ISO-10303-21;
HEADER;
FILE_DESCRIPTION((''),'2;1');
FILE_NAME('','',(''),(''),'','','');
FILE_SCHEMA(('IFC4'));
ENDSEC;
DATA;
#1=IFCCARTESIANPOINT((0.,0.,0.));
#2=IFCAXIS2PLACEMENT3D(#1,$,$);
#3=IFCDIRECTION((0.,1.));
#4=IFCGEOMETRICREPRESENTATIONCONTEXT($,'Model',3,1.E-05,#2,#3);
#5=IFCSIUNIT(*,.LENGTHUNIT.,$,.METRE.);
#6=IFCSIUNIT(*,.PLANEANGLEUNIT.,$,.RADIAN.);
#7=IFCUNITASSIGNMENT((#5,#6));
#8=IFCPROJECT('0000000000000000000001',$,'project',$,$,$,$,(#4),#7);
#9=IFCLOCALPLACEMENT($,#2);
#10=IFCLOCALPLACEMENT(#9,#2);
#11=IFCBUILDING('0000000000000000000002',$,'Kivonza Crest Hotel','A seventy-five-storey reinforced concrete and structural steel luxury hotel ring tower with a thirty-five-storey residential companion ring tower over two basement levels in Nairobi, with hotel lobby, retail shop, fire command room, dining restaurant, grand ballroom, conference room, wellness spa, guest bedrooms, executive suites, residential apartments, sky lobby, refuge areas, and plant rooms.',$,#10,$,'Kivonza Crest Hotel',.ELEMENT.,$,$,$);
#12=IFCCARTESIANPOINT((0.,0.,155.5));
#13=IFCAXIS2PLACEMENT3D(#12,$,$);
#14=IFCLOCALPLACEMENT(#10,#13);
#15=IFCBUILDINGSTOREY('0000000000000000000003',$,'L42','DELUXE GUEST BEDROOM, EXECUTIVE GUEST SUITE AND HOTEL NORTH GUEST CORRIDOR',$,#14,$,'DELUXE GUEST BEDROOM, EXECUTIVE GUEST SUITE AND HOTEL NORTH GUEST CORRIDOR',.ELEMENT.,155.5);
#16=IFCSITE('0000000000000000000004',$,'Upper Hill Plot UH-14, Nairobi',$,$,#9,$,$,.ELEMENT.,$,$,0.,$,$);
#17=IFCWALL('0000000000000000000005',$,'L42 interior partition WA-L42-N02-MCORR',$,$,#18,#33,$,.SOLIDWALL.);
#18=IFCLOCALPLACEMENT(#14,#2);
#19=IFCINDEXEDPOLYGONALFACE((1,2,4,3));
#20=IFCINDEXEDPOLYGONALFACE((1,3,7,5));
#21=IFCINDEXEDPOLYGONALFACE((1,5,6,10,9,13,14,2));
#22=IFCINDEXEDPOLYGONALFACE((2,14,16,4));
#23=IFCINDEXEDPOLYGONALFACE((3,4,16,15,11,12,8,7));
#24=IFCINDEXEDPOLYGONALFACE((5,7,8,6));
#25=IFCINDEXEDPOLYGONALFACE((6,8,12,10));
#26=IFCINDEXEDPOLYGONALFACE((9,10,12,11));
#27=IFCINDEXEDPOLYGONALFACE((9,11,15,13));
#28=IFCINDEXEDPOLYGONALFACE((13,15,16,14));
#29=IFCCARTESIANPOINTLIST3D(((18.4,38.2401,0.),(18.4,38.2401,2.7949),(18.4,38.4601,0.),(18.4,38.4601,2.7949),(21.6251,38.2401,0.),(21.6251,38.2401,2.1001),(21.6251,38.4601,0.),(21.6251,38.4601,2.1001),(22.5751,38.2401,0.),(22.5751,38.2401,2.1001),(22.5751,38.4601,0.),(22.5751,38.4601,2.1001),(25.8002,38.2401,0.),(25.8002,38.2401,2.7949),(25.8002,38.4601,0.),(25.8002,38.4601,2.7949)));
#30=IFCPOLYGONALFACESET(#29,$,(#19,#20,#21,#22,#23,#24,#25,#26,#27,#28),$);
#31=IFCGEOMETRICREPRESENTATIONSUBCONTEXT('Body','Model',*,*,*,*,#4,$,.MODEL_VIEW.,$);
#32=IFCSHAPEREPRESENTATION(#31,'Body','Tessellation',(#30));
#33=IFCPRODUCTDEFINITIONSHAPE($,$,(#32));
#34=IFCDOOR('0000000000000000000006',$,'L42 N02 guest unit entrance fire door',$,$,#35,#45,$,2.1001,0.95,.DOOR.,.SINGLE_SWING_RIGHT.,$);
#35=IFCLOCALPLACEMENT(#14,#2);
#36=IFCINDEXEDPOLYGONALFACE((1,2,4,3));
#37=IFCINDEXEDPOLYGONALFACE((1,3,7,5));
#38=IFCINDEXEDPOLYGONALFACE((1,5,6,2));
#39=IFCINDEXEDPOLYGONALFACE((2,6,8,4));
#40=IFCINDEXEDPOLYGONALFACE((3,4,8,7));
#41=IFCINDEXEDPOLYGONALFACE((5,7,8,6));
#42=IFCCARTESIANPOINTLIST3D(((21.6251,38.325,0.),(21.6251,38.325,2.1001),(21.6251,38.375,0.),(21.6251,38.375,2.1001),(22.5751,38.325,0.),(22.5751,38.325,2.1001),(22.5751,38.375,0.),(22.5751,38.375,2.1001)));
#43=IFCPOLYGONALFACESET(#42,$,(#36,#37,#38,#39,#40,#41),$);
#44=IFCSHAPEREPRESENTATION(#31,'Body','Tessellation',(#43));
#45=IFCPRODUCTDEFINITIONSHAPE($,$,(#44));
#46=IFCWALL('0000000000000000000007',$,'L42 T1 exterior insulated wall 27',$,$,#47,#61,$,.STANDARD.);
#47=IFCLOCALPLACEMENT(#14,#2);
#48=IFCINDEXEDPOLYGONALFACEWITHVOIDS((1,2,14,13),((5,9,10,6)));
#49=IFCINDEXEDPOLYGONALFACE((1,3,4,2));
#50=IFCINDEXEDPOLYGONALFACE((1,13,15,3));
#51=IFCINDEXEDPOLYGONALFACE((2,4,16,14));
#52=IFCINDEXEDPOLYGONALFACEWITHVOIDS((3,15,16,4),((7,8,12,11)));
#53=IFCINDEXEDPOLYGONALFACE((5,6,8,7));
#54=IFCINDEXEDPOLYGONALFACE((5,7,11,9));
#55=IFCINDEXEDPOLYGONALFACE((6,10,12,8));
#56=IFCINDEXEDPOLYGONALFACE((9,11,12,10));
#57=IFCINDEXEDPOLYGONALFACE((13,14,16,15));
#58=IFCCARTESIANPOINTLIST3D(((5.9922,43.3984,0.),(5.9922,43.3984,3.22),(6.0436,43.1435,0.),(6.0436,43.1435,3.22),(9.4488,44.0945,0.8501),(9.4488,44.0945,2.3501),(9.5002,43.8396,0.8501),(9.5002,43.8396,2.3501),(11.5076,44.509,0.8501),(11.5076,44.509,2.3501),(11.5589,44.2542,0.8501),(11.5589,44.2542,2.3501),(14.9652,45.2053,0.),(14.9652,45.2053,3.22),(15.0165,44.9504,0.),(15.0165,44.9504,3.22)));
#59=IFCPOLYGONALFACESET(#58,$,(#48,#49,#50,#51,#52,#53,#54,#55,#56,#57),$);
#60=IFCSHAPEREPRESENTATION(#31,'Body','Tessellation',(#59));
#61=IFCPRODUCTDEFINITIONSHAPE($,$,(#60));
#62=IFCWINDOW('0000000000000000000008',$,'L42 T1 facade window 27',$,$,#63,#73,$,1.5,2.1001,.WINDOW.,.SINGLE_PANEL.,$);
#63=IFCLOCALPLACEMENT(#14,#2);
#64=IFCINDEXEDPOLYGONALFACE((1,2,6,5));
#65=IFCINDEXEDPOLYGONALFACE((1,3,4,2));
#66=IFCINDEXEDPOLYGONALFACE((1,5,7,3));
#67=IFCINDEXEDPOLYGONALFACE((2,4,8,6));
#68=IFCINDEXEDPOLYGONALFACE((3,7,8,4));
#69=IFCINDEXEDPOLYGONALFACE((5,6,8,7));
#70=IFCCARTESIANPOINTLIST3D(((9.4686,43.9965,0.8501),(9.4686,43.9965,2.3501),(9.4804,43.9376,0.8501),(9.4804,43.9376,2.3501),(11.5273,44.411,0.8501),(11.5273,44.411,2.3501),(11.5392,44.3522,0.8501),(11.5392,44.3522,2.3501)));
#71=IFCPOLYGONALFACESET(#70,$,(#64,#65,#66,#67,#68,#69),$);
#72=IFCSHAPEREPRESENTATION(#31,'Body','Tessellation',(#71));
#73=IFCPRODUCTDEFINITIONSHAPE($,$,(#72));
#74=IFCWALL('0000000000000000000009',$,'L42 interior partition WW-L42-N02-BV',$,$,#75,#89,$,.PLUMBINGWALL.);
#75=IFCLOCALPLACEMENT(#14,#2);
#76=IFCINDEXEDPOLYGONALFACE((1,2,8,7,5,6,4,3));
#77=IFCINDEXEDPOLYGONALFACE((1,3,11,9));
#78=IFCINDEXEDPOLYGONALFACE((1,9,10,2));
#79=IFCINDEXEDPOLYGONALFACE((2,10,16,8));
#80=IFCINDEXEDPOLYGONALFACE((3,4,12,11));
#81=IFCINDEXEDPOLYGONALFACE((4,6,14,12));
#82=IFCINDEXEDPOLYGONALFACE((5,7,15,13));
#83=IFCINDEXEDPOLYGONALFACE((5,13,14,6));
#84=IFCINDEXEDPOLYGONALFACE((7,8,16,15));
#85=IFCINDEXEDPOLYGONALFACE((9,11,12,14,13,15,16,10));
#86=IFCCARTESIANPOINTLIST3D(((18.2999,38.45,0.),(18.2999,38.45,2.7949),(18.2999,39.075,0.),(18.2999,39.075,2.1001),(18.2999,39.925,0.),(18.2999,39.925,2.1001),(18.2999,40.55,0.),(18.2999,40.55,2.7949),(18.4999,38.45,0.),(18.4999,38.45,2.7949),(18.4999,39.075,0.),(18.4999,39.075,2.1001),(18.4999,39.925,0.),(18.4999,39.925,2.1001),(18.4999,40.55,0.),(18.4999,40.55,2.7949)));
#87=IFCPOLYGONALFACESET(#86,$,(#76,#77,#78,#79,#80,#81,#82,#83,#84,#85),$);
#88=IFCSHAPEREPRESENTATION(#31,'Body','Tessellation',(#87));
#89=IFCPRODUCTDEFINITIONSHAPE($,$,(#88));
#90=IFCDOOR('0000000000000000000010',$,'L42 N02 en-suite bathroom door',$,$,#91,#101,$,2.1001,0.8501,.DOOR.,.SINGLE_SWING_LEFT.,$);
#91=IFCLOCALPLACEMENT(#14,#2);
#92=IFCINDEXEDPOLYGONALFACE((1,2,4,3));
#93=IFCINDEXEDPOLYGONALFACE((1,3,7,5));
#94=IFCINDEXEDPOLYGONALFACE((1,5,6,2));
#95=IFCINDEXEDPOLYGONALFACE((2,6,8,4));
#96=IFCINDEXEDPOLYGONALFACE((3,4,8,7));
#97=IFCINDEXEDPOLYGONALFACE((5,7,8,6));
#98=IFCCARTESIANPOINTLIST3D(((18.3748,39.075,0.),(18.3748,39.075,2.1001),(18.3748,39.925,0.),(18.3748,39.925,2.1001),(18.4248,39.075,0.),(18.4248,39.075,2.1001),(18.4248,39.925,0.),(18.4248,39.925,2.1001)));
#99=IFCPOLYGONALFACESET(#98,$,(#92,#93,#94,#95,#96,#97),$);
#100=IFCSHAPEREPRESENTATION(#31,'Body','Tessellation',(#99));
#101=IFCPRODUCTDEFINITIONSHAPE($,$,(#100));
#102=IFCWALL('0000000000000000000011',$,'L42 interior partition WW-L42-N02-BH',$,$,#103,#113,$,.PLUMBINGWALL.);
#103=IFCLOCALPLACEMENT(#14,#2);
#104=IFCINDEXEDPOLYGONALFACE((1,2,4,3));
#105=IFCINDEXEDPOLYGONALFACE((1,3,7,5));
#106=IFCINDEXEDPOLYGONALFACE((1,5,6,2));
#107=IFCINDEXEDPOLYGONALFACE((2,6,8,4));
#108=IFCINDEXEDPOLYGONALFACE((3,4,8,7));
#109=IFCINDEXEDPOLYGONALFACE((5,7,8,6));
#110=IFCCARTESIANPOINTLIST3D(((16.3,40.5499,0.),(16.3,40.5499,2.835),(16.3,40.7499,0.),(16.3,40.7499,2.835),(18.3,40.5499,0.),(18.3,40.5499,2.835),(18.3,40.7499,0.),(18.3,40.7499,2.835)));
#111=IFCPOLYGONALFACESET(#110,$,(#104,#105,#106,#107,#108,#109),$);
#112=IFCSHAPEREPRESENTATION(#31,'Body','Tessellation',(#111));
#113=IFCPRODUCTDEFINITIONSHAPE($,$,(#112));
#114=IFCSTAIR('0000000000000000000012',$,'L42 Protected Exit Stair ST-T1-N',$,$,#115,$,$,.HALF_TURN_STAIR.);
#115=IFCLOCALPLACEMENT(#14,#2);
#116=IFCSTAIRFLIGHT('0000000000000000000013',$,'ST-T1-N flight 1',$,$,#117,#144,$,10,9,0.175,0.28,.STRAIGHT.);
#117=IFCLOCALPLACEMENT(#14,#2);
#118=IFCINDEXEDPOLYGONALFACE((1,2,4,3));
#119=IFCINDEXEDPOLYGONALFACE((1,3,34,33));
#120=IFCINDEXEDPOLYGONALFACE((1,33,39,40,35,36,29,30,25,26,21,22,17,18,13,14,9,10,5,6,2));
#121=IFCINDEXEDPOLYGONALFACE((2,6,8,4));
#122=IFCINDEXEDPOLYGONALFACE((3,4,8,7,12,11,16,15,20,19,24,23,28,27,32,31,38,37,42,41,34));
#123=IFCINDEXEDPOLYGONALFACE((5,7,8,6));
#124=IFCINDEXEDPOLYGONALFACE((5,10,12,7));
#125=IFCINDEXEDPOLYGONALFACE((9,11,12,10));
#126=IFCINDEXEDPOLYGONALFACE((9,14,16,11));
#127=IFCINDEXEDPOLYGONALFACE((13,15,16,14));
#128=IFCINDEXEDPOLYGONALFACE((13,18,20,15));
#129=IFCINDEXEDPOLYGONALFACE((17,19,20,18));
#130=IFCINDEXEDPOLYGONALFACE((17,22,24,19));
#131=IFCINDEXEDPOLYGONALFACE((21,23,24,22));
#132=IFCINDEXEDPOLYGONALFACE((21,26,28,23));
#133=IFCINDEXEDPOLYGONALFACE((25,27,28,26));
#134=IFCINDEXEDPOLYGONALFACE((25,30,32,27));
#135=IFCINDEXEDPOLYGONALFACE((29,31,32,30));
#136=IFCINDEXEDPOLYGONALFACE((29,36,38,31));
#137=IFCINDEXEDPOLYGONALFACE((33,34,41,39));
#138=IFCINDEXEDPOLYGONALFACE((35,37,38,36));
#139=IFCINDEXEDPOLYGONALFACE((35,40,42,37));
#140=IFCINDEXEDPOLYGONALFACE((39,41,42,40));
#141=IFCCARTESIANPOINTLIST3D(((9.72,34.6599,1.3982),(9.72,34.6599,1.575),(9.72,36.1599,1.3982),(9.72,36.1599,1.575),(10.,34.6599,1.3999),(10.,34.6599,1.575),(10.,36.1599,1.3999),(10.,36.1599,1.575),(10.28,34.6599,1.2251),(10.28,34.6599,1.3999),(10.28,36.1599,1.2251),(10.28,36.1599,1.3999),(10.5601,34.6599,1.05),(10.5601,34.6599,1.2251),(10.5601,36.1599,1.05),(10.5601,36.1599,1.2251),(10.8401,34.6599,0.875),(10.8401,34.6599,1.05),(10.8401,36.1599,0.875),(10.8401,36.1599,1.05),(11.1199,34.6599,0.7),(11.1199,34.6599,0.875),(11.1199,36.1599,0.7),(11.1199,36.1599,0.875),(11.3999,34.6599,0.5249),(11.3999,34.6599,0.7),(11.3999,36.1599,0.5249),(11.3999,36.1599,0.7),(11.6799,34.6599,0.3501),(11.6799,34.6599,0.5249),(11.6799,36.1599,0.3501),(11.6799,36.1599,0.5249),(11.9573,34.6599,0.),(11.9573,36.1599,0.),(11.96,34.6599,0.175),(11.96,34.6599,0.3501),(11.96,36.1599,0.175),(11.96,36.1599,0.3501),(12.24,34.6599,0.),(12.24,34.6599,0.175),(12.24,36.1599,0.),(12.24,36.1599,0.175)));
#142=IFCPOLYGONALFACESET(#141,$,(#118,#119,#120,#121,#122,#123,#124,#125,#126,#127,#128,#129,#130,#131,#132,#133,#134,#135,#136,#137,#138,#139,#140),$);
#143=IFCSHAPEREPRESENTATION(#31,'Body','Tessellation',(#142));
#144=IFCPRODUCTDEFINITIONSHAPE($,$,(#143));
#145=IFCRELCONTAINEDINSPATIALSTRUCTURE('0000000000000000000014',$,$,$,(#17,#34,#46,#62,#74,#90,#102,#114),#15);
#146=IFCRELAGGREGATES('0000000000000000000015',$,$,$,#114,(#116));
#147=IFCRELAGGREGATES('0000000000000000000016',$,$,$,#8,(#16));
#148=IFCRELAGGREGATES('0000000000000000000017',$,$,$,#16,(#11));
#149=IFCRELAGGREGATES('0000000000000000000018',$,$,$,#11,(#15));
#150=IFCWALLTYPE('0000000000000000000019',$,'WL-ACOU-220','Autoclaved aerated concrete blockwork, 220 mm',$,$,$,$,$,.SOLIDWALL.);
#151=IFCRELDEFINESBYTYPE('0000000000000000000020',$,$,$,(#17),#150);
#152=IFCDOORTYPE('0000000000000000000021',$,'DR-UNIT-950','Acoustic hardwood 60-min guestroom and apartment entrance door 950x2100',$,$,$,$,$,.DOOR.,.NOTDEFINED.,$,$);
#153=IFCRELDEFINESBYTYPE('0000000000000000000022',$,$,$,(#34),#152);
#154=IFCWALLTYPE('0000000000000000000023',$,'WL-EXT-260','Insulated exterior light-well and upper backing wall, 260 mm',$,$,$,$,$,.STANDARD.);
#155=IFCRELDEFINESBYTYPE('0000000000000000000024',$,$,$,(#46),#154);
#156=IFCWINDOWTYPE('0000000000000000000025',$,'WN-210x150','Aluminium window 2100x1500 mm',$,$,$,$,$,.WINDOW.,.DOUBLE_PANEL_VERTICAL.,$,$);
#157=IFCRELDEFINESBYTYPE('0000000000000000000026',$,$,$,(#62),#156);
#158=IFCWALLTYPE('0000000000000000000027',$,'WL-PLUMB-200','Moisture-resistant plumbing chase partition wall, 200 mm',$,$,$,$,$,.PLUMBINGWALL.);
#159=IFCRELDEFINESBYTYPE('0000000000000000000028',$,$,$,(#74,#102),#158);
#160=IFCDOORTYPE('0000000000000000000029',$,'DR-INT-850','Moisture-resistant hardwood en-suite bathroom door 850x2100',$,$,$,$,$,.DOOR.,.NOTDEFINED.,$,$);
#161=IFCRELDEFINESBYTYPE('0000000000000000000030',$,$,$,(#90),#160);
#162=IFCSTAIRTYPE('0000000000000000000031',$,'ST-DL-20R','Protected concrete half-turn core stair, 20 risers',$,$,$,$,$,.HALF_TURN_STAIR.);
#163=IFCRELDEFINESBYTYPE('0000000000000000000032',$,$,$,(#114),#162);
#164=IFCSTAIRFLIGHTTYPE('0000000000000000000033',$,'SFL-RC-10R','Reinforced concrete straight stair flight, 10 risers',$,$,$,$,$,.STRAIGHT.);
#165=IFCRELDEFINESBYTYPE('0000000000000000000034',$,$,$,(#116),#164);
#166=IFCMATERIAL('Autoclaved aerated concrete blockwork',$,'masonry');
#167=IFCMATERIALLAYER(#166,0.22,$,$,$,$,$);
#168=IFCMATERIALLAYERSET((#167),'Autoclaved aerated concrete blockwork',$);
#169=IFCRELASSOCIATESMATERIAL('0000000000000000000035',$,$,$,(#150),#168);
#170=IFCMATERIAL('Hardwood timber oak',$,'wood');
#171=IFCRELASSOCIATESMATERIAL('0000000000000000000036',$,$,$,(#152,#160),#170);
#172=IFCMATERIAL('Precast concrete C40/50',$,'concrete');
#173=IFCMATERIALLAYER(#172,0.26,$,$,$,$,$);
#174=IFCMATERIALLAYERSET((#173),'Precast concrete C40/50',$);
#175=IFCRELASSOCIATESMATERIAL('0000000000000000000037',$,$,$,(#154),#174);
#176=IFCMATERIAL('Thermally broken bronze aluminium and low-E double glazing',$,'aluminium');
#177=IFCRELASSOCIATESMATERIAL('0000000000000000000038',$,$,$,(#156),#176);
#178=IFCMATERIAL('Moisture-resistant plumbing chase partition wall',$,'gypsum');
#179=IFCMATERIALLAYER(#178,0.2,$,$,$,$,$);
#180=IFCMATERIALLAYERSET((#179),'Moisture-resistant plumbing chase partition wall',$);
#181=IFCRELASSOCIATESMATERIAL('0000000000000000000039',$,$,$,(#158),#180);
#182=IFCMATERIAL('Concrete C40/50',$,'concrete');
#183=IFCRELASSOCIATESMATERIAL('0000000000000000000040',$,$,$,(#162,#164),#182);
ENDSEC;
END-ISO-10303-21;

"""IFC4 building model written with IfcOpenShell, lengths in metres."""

from ifc_helpers import new_model, si_unit, direction, frame, frame_2d, origin, place, context, subcontext, project, spatial, polyline, rectangle, outline, extrude, material, layer, layer_set, type_object, element, fill, aggregate, save


model = new_model("IFC4")

# Units and contexts
model_context = context("Model", 3, precision=1e-05, world=origin(), true_north=direction((0.0, 1.0)))
body_context = subcontext(model_context, "Body", "Model", "MODEL_VIEW")
ifc_project = project(units=[si_unit("LENGTHUNIT", "METRE"), si_unit("PLANEANGLEUNIT", "RADIAN")], contexts=[model_context])

# Site, building, storey
site_placement = place(None, origin())
site = spatial("IfcSite", under=ifc_project, at=site_placement, Name="Upper Hill Plot UH-14, Nairobi", CompositionType="ELEMENT", RefElevation=0.0)
building_placement = place(site_placement, origin())
building = spatial("IfcBuilding", under=site, at=building_placement, Name="Kivonza Crest Hotel", Description="A seventy-five-storey reinforced concrete and structural steel luxury hotel ring tower with a thirty-five-storey residential companion ring tower over two basement levels in Nairobi, with hotel lobby, retail shop, fire command room, dining restaurant, grand ballroom, conference room, wellness spa, guest bedrooms, executive suites, residential apartments, sky lobby, refuge areas, and plant rooms.", LongName="Kivonza Crest Hotel", CompositionType="ELEMENT")
storey_placement = place(building_placement, frame((0.0, 0.0, 155.5)))
storey = spatial("IfcBuildingStorey", under=building, at=storey_placement, Name="L42", Description="DELUXE GUEST BEDROOM, EXECUTIVE GUEST SUITE AND HOTEL NORTH GUEST CORRIDOR", LongName="DELUXE GUEST BEDROOM, EXECUTIVE GUEST SUITE AND HOTEL NORTH GUEST CORRIDOR", CompositionType="ELEMENT", Elevation=155.5)

# Shared definitions
ifc_material_1 = material(Name="Autoclaved aerated concrete blockwork", Category="masonry")
ifc_layer_1 = layer(ifc_material_1, 0.22)
ifc_layer_set_1 = layer_set([ifc_layer_1], Name="Autoclaved aerated concrete blockwork")
wall_type_1 = type_object("IfcWallType", Name="WL-ACOU-220", Description="Autoclaved aerated concrete blockwork, 220 mm", PredefinedType="SOLIDWALL", material=ifc_layer_set_1)

# Wall, opening, door
wall_1_placement = place(storey_placement, frame((18.3999, 38.3501, 0.0), z_axis=(0.0, 0.0, 1.0), x_axis=(1.0, 0.0, 0.0)))
wall_1 = element("IfcWall", 1, at=wall_1_placement, inside=storey, type_object=wall_type_1, Name="L42 interior partition WA-L42-N02-MCORR", PredefinedType="SOLIDWALL", context=body_context, shape_type="SweptSolid", body=[
    extrude(rectangle(XDim=7.4001, YDim=0.22, at=frame_2d((3.7002, 0.0))), origin(), (0.0, 0.0, 1.0), 2.7949),
])
opening_1_placement = place(wall_1_placement, frame((3.2251, 0.0, 0.0)))
opening_1 = element("IfcOpeningElement", 2, at=opening_1_placement, cuts=wall_1, PredefinedType="OPENING", context=body_context, shape_type="SweptSolid", body=[
    extrude(rectangle(XDim=0.95, YDim=2.1001, at=frame_2d((0.4751, 1.05))), frame((0.0, 0.1201, 0.0), z_axis=(0.0, -1.0, 0.0), x_axis=(1.0, 0.0, 0.0)), (0.0, 0.0, 1.0), 0.24),
])
ifc_material_2 = material(Name="Hardwood timber oak", Category="wood")
door_type_1 = type_object("IfcDoorType", Name="DR-UNIT-950", Description="Acoustic hardwood 60-min guestroom and apartment entrance door 950x2100", OperationType="NOTDEFINED", PredefinedType="DOOR", material=ifc_material_2)
door_1_placement = place(opening_1_placement, origin())
door_1 = element("IfcDoor", 3, at=door_1_placement, inside=storey, type_object=door_type_1, Name="L42 N02 guest unit entrance fire door", OperationType="SINGLE_SWING_RIGHT", OverallHeight=2.1001, OverallWidth=0.95, PredefinedType="DOOR", context=body_context, shape_type="SweptSolid", body=[
    extrude(rectangle(XDim=0.95, YDim=2.1001, at=frame_2d((0.4751, 1.05))), frame((0.0, 0.0249, 0.0), z_axis=(0.0, -1.0, 0.0), x_axis=(1.0, 0.0, 0.0)), (0.0, 0.0, 1.0), 0.05),
])
fill(opening_1, door_1)

# Wall, opening, window
ifc_material_3 = material(Name="Precast concrete C40/50", Category="concrete")
ifc_layer_2 = layer(ifc_material_3, 0.26)
ifc_layer_set_2 = layer_set([ifc_layer_2], Name="Precast concrete C40/50")
wall_type_2 = type_object("IfcWallType", Name="WL-EXT-260", Description="Insulated exterior light-well and upper backing wall, 260 mm", PredefinedType="STANDARD", material=ifc_layer_set_2)
wall_2_placement = place(storey_placement, frame((14.991, 45.0779, 0.0), z_axis=(0.0, 0.0, 1.0), x_axis=(-0.980321, -0.197409, 0.0)))
wall_2 = element("IfcWall", 4, at=wall_2_placement, inside=storey, type_object=wall_type_2, Name="L42 T1 exterior insulated wall 27", PredefinedType="STANDARD", context=body_context, shape_type="SweptSolid", body=[
    extrude(rectangle(XDim=9.1531, YDim=0.26, at=frame_2d((4.5767, 0.0))), origin(), (0.0, 0.0, 1.0), 3.22),
])
opening_2_placement = place(wall_2_placement, frame((3.5271, 0.0, 0.8501)))
opening_2 = element("IfcOpeningElement", 5, at=opening_2_placement, cuts=wall_2, PredefinedType="OPENING", context=body_context, shape_type="SweptSolid", body=[
    extrude(rectangle(XDim=2.1001, YDim=1.5, at=frame_2d((1.05, 0.75))), frame((0.0, 0.1401, 0.0), z_axis=(0.0, -1.0, 0.0), x_axis=(1.0, 0.0, 0.0)), (0.0, 0.0, 1.0), 0.28),
])
ifc_material_4 = material(Name="Thermally broken bronze aluminium and low-E double glazing", Category="aluminium")
window_type = type_object("IfcWindowType", Name="WN-210x150", Description="Aluminium window 2100x1500 mm", PartitioningType="DOUBLE_PANEL_VERTICAL", PredefinedType="WINDOW", material=ifc_material_4)
window_placement = place(opening_2_placement, origin())
window = element("IfcWindow", 6, at=window_placement, inside=storey, type_object=window_type, Name="L42 T1 facade window 27", OverallHeight=1.5, OverallWidth=2.1001, PartitioningType="SINGLE_PANEL", PredefinedType="WINDOW", context=body_context, shape_type="SweptSolid", body=[
    extrude(rectangle(XDim=2.1001, YDim=1.5, at=frame_2d((1.05, 0.75))), frame((0.0, 0.03, 0.0), z_axis=(0.0, -1.0, 0.0), x_axis=(1.0, 0.0, 0.0)), (0.0, 0.0, 1.0), 0.0601),
])
fill(opening_2, window)

# Wall, opening, door
ifc_material_5 = material(Name="Moisture-resistant plumbing chase partition wall", Category="gypsum")
ifc_layer_3 = layer(ifc_material_5, 0.2)
ifc_layer_set_3 = layer_set([ifc_layer_3], Name="Moisture-resistant plumbing chase partition wall")
wall_type_3 = type_object("IfcWallType", Name="WL-PLUMB-200", Description="Moisture-resistant plumbing chase partition wall, 200 mm", PredefinedType="PLUMBINGWALL", material=ifc_layer_set_3)
wall_3_placement = place(storey_placement, frame((18.3999, 38.45, 0.0), z_axis=(0.0, 0.0, 1.0), x_axis=(0.0, 1.0, 0.0)))
wall_3 = element("IfcWall", 7, at=wall_3_placement, inside=storey, type_object=wall_type_3, Name="L42 interior partition WW-L42-N02-BV", PredefinedType="PLUMBINGWALL", context=body_context, shape_type="SweptSolid", body=[
    extrude(rectangle(XDim=2.1001, YDim=0.2, at=frame_2d((1.05, 0.0))), origin(), (0.0, 0.0, 1.0), 2.7949),
])
opening_3_placement = place(wall_3_placement, frame((0.625, 0.0, 0.0)))
opening_3 = element("IfcOpeningElement", 8, at=opening_3_placement, cuts=wall_3, PredefinedType="OPENING", context=body_context, shape_type="SweptSolid", body=[
    extrude(rectangle(XDim=0.8501, YDim=2.1001, at=frame_2d((0.425, 1.05))), frame((0.0, 0.1099, 0.0), z_axis=(0.0, -1.0, 0.0), x_axis=(1.0, 0.0, 0.0)), (0.0, 0.0, 1.0), 0.22),
])
door_type_2 = type_object("IfcDoorType", Name="DR-INT-850", Description="Moisture-resistant hardwood en-suite bathroom door 850x2100", OperationType="NOTDEFINED", PredefinedType="DOOR", material=ifc_material_2)
door_2_placement = place(opening_3_placement, frame((0.8501, 0.0, 0.0), z_axis=(0.0, 0.0, 1.0), x_axis=(-1.0, 0.0, 0.0)))
door_2 = element("IfcDoor", 9, at=door_2_placement, inside=storey, type_object=door_type_2, Name="L42 N02 en-suite bathroom door", OperationType="SINGLE_SWING_LEFT", OverallHeight=2.1001, OverallWidth=0.8501, PredefinedType="DOOR", context=body_context, shape_type="SweptSolid", body=[
    extrude(rectangle(XDim=0.8501, YDim=2.1001, at=frame_2d((0.425, 1.05))), frame((0.0, 0.0249, 0.0), z_axis=(0.0, -1.0, 0.0), x_axis=(1.0, 0.0, 0.0)), (0.0, 0.0, 1.0), 0.05),
])
fill(opening_3, door_2)

# Wall
wall_4_placement = place(storey_placement, frame((16.3, 40.6499, 0.0), z_axis=(0.0, 0.0, 1.0), x_axis=(1.0, 0.0, 0.0)))
element("IfcWall", 10, at=wall_4_placement, inside=storey, type_object=wall_type_3, Name="L42 interior partition WW-L42-N02-BH", PredefinedType="PLUMBINGWALL", context=body_context, shape_type="SweptSolid", body=[
    extrude(rectangle(XDim=2.0, YDim=0.2, at=frame_2d((1.0, 0.0))), origin(), (0.0, 0.0, 1.0), 2.835),
])

# Stair, stair flight
ifc_material_6 = material(Name="Concrete C40/50", Category="concrete")
stair_type = type_object("IfcStairType", Name="ST-DL-20R", Description="Protected concrete half-turn core stair, 20 risers", PredefinedType="HALF_TURN_STAIR", material=ifc_material_6)
stair_placement = place(storey_placement, origin())
stair = element("IfcStair", 11, at=stair_placement, inside=storey, type_object=stair_type, Name="L42 Protected Exit Stair ST-T1-N", PredefinedType="HALF_TURN_STAIR")
stair_flight_type = type_object("IfcStairFlightType", Name="SFL-RC-10R", Description="Reinforced concrete straight stair flight, 10 risers", PredefinedType="STRAIGHT", material=ifc_material_6)
stair_flight_placement = place(storey_placement, frame((12.24, 35.4099, 0.0), z_axis=(0.0, 0.0, 1.0), x_axis=(-1.0, 0.0, 0.0)))
stair_flight = element("IfcStairFlight", 12, at=stair_flight_placement, type_object=stair_flight_type, Name="ST-T1-N flight 1", NumberOfRisers=10, NumberOfTreads=9, PredefinedType="STRAIGHT", RiserHeight=0.175, TreadLength=0.28, context=body_context, shape_type="SweptSolid", body=[
    extrude(outline(polyline([(0.0, 0.0), (0.0, 0.175), (0.28, 0.175), (0.28, 0.3501), (0.5601, 0.3501), (0.5601, 0.5249), (0.8401, 0.5249), (0.8401, 0.7), (1.1201, 0.7), (1.1201, 0.875), (1.3999, 0.875), (1.3999, 1.05), (1.6799, 1.05), (1.6799, 1.2251), (1.96, 1.2251), (1.96, 1.3999), (2.24, 1.3999), (2.24, 1.575), (2.52, 1.575), (2.52, 1.75), (2.52, 1.3982), (0.2827, 0.0), (0.0, 0.0)])), frame((0.0, 0.75, 0.0), z_axis=(0.0, -1.0, 0.0), x_axis=(1.0, 0.0, 0.0)), (0.0, 0.0, 1.0), 1.5),
])
aggregate(stair, [stair_flight])

save(model, "model.ifc")
